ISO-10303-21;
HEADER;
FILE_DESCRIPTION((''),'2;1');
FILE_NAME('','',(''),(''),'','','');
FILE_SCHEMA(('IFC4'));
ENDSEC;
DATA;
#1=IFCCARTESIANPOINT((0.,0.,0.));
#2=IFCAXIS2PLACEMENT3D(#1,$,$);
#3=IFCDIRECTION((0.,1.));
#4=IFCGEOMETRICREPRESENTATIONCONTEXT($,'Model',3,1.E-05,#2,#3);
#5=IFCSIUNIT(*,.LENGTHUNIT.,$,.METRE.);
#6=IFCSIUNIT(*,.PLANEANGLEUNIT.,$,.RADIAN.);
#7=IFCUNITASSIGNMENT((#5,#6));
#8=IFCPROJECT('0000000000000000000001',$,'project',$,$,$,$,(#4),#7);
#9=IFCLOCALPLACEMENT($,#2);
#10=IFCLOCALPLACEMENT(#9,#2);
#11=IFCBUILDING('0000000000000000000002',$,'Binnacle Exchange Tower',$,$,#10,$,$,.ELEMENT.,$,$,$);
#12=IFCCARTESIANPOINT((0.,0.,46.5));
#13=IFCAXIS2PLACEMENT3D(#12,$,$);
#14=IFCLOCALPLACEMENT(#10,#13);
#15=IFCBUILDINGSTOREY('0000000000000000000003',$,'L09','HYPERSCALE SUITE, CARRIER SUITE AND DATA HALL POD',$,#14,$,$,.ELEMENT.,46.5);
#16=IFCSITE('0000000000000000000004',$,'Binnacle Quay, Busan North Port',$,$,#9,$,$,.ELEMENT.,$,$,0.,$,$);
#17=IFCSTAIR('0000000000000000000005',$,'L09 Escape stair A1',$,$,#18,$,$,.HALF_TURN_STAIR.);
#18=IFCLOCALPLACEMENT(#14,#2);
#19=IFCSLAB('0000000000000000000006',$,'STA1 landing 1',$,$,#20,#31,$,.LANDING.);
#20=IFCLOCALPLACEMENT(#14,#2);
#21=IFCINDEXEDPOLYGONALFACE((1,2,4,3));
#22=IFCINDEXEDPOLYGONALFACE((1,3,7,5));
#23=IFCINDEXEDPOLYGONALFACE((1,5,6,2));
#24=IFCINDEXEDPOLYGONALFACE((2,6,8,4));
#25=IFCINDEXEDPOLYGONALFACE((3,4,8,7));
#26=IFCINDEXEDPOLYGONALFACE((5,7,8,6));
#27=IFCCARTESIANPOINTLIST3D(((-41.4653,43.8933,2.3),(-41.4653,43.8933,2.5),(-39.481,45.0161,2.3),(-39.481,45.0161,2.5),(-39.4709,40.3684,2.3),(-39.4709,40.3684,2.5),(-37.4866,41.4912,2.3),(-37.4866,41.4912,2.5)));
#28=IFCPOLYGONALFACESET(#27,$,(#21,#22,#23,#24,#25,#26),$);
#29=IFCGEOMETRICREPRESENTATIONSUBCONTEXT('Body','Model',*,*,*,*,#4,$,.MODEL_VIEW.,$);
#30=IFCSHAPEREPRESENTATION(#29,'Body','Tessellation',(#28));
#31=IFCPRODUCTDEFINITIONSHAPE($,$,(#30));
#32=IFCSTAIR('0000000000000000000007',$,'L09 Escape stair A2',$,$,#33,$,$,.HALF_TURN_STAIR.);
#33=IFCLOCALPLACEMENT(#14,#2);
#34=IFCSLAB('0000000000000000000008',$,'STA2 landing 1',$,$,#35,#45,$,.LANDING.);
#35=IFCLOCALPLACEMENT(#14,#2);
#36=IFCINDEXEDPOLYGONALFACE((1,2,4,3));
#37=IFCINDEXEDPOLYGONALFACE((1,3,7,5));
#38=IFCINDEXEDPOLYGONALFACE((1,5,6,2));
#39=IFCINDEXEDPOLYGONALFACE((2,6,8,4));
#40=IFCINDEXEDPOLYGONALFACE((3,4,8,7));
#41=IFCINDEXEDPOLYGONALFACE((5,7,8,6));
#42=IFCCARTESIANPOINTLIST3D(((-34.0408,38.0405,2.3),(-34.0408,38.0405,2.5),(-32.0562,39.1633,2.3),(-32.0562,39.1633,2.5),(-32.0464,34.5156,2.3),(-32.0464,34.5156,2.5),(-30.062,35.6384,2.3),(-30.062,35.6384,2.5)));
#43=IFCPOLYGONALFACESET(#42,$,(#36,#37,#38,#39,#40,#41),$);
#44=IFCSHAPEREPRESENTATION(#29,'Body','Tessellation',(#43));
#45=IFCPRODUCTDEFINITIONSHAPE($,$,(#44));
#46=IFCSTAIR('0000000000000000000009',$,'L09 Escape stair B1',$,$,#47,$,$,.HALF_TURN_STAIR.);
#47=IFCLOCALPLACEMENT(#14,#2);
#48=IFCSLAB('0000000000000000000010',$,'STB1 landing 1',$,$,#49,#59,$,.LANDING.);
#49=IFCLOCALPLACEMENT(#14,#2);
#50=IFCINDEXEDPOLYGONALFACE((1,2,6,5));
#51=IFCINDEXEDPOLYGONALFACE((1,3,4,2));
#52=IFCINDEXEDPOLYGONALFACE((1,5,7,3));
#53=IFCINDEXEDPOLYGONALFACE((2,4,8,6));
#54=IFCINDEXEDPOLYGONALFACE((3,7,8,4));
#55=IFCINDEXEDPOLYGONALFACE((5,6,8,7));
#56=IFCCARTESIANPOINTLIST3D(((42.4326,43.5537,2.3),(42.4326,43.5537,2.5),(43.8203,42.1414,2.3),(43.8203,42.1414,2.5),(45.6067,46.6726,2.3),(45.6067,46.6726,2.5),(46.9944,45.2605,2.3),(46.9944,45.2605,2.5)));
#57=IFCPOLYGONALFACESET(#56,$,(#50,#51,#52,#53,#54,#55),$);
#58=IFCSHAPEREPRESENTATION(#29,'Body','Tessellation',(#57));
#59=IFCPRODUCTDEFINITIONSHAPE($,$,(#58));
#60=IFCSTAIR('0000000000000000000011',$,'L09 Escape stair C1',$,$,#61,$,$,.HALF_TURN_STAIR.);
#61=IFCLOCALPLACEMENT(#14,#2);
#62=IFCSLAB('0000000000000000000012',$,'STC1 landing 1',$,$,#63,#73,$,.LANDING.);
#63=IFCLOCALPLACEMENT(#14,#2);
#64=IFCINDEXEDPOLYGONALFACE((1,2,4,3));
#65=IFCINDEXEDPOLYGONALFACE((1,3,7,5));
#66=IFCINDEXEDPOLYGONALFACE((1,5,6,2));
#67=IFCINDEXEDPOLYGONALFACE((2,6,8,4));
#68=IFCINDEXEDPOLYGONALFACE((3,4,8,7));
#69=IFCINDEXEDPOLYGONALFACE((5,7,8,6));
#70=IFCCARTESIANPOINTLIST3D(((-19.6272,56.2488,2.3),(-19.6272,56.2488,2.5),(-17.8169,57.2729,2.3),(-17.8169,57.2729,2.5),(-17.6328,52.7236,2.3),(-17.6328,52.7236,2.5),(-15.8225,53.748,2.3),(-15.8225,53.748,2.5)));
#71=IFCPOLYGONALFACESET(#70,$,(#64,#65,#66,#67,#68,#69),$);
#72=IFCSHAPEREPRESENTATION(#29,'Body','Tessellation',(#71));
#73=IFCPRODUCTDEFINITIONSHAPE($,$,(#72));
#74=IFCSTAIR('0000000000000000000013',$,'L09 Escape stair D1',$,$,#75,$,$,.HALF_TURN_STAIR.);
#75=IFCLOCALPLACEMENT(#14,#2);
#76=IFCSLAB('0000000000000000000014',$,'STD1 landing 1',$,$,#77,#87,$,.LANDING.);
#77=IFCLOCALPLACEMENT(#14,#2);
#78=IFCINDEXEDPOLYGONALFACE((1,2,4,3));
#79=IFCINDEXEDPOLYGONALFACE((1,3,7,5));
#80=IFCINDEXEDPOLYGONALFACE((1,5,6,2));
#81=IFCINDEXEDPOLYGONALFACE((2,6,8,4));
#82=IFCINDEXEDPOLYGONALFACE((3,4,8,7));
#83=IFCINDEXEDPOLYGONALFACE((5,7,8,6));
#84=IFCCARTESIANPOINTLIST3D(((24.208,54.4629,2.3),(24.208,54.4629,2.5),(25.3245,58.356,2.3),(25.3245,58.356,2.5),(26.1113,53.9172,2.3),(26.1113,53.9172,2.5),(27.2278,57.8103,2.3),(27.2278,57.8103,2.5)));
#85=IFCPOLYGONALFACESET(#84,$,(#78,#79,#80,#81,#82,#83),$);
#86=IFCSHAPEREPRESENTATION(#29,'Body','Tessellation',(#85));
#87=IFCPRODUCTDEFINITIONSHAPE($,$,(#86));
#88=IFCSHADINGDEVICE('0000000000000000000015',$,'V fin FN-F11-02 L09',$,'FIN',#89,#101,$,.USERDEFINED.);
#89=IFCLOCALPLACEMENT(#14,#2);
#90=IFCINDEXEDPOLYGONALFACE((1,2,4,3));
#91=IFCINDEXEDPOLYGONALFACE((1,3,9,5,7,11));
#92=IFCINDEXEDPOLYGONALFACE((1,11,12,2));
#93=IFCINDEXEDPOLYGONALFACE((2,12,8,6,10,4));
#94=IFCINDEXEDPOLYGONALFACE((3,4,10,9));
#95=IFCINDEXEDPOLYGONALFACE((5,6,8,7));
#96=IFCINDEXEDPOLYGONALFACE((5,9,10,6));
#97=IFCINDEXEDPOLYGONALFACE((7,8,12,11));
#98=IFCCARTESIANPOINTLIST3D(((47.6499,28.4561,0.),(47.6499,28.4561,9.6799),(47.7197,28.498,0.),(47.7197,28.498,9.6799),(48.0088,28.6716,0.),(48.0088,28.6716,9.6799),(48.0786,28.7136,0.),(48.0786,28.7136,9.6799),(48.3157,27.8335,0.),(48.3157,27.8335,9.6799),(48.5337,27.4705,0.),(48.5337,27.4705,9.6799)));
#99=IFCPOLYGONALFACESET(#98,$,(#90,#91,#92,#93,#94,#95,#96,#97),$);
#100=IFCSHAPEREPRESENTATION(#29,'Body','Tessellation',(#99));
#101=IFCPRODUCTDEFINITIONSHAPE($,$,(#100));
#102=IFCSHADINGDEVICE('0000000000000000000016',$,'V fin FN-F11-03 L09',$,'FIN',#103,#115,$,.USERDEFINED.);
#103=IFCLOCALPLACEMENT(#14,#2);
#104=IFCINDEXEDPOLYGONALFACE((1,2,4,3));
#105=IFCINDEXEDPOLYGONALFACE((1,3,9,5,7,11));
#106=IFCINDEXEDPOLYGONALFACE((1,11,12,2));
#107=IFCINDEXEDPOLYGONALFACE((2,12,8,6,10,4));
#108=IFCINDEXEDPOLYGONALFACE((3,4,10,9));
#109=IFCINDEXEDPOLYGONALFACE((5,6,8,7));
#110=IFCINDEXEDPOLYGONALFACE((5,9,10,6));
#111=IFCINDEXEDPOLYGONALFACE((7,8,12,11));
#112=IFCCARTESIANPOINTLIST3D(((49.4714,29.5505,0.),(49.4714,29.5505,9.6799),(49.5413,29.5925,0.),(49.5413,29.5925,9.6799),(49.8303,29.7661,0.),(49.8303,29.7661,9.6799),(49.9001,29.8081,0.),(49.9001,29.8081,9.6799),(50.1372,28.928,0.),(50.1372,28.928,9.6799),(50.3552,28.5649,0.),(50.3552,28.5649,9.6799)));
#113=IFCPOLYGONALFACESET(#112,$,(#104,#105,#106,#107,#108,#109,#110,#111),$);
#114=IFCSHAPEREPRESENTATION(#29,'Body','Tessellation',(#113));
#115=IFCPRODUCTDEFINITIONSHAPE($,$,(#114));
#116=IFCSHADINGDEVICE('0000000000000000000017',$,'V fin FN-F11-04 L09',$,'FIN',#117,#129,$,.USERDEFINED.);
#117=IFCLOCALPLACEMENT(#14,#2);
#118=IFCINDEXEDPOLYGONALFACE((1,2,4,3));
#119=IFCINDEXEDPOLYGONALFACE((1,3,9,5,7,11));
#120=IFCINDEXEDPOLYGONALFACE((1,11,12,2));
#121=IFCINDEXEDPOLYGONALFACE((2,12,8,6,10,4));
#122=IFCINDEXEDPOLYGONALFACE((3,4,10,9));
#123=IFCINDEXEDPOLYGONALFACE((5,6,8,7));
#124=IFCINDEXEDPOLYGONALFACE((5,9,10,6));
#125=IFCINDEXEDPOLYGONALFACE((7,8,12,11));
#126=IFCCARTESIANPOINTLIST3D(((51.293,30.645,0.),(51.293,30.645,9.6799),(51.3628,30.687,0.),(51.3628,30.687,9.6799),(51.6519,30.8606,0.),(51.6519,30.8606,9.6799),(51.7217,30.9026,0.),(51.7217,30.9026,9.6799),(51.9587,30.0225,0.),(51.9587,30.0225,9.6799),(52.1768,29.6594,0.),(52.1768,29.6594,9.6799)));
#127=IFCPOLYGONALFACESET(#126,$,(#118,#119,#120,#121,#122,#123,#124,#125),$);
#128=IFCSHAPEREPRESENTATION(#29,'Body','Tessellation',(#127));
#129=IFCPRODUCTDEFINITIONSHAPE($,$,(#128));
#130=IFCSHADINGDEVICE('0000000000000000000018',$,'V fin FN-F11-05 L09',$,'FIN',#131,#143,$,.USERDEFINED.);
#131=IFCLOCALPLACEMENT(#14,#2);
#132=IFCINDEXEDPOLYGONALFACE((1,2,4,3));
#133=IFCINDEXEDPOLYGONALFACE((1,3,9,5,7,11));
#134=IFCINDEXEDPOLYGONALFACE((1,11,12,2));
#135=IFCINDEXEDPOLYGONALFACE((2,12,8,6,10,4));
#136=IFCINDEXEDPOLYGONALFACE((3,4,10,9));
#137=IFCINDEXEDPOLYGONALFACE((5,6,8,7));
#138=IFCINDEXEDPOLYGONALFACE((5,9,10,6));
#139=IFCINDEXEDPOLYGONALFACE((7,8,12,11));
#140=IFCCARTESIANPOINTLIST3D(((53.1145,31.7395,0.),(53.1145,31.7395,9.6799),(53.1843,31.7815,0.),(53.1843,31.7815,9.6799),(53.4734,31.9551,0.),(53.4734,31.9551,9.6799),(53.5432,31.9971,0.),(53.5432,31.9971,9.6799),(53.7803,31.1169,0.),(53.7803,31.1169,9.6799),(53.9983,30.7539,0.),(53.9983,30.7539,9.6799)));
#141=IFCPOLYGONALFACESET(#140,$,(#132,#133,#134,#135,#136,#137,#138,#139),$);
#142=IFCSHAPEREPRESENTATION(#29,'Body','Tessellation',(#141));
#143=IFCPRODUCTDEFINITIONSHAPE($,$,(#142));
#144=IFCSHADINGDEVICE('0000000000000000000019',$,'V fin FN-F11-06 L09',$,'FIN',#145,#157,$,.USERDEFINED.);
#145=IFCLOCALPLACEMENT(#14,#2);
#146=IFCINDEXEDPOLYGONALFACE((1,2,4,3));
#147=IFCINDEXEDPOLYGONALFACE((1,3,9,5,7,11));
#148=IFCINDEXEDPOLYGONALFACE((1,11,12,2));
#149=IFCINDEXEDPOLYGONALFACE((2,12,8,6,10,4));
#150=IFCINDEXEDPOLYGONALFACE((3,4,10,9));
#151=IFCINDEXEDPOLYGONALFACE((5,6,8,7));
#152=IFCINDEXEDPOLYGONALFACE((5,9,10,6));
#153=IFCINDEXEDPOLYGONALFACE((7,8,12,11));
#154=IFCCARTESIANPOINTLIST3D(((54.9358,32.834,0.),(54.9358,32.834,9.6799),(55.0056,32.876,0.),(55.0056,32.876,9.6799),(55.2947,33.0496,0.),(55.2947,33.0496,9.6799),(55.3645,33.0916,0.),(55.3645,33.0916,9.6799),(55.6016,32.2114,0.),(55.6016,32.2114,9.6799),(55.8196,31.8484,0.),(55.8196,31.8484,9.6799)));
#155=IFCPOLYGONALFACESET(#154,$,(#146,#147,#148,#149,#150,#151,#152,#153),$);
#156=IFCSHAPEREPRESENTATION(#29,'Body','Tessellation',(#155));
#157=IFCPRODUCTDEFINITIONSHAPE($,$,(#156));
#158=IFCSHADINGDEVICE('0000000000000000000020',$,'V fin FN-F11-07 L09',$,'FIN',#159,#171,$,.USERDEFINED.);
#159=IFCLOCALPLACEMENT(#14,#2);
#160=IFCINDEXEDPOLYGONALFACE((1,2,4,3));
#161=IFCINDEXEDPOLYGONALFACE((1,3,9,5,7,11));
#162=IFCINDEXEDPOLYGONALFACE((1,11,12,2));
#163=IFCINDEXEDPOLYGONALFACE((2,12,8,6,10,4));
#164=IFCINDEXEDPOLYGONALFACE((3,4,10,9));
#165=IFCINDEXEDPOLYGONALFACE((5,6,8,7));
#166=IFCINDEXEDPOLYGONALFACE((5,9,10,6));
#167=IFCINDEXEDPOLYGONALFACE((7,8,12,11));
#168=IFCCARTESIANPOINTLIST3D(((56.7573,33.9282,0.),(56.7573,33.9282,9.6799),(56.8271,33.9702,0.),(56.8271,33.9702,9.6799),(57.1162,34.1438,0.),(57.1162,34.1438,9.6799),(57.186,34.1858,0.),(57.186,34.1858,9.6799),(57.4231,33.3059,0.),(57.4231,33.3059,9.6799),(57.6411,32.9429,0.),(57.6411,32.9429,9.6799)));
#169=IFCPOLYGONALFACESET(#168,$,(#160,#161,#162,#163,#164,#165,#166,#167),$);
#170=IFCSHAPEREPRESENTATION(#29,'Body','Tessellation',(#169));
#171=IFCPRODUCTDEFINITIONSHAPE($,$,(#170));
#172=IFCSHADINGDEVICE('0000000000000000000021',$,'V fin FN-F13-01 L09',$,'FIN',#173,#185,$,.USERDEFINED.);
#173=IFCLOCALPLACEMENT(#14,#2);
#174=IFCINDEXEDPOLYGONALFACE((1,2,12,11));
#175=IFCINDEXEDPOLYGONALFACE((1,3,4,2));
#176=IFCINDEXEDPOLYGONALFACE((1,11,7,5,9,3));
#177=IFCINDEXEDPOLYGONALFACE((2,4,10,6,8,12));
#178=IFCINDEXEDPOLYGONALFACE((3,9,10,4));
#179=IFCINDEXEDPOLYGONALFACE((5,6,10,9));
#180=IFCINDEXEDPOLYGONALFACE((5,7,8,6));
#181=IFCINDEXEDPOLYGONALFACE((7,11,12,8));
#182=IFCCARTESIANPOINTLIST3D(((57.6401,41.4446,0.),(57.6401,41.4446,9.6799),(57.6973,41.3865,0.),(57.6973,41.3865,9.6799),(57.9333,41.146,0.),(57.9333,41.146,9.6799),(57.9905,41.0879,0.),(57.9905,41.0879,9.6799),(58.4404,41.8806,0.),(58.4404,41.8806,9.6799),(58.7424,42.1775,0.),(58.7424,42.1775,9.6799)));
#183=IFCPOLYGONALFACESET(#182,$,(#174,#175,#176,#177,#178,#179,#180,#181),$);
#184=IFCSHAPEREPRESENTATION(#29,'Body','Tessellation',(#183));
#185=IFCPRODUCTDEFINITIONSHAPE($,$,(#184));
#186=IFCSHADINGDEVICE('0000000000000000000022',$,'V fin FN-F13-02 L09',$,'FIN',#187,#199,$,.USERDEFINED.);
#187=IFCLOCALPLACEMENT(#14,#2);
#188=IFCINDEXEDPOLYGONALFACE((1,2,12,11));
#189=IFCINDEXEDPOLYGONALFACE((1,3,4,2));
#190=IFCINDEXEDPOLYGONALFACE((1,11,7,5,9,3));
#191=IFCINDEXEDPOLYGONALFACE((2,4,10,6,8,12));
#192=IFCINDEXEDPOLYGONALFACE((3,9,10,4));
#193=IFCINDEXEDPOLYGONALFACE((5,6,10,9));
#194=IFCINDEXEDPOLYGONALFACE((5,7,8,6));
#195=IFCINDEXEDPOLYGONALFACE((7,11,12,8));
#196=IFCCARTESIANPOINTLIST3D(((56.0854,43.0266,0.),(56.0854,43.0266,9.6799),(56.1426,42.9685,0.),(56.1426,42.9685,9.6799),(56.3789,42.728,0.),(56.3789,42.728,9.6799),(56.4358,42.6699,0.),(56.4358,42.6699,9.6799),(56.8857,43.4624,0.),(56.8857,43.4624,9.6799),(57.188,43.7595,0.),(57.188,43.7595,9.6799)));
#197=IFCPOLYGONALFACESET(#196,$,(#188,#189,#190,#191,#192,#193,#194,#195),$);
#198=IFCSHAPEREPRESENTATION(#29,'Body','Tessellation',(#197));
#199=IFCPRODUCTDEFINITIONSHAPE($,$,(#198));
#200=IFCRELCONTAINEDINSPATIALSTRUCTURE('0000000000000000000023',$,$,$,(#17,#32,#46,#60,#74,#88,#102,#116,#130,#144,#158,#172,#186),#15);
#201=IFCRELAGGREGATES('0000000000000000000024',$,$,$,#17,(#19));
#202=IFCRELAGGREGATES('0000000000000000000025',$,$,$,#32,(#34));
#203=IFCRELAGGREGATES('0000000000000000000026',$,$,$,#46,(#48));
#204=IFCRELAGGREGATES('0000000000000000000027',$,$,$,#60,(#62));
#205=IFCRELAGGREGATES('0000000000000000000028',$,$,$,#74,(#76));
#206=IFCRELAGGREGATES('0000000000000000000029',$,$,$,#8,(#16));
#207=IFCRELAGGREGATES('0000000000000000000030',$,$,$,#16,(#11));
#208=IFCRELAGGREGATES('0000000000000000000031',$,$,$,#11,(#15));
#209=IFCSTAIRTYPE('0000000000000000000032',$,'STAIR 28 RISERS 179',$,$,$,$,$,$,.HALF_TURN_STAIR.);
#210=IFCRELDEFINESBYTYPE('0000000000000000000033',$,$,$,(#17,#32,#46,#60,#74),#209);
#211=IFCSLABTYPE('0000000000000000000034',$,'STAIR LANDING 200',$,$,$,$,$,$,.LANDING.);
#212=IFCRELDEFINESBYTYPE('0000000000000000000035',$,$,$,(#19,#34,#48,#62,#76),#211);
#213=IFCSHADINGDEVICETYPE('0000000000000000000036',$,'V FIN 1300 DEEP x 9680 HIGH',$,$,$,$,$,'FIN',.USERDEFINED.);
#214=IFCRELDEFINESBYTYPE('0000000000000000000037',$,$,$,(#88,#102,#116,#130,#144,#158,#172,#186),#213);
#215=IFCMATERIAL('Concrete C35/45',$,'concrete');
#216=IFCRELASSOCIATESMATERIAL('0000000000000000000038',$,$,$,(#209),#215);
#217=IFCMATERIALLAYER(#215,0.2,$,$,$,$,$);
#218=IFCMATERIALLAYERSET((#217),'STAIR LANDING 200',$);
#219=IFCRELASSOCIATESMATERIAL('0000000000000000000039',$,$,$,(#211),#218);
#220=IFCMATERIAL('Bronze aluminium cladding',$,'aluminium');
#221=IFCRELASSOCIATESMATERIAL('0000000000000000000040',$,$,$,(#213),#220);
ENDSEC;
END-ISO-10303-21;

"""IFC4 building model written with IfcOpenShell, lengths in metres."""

from ifc_helpers import new_model, si_unit, direction, frame, origin, place, context, subcontext, project, spatial, polyline, outline, extrude, material, layer, layer_set, type_object, element, aggregate, save


model = new_model("IFC4")

# Units and contexts
model_context = context("Model", 3, precision=1e-05, world=origin(), true_north=direction((0.0, 1.0)))
body_context = subcontext(model_context, "Body", "Model", "MODEL_VIEW")
ifc_project = project(units=[si_unit("LENGTHUNIT", "METRE"), si_unit("PLANEANGLEUNIT", "RADIAN")], contexts=[model_context])

# Site, building, storey
site_placement = place(None, origin())
site = spatial("IfcSite", under=ifc_project, at=site_placement, Name="Binnacle Quay, Busan North Port", CompositionType="ELEMENT", RefElevation=0.0)
building_placement = place(site_placement, origin())
building = spatial("IfcBuilding", under=site, at=building_placement, Name="Binnacle Exchange Tower", CompositionType="ELEMENT")
storey_placement = place(building_placement, frame((0.0, 0.0, 46.5)))
storey = spatial("IfcBuildingStorey", under=building, at=storey_placement, Name="L09", Description="HYPERSCALE SUITE, CARRIER SUITE AND DATA HALL POD", CompositionType="ELEMENT", Elevation=46.5)

# Stairs, slabs
ifc_material_1 = material(Name="Concrete C35/45", Category="concrete")
stair_type = type_object("IfcStairType", Name="STAIR 28 RISERS 179", PredefinedType="HALF_TURN_STAIR", material=ifc_material_1)
stair_1_placement = place(storey_placement, origin())
stair_1 = element("IfcStair", 1, at=stair_1_placement, inside=storey, type_object=stair_type, Name="L09 Escape stair A1", PredefinedType="HALF_TURN_STAIR")
ifc_layer = layer(ifc_material_1, 0.2)
ifc_layer_set = layer_set([ifc_layer], Name="STAIR LANDING 200")
slab_type = type_object("IfcSlabType", Name="STAIR LANDING 200", PredefinedType="LANDING", material=ifc_layer_set)
slab_1_placement = place(storey_placement, frame((0.0, 0.0, 2.3)))
slab_1 = element("IfcSlab", 2, at=slab_1_placement, type_object=slab_type, Name="STA1 landing 1", PredefinedType="LANDING", context=body_context, shape_type="SweptSolid", body=[
    extrude(outline(polyline([(-39.4709, 40.3684), (-37.4866, 41.4912), (-39.481, 45.0161), (-41.4653, 43.8933), (-39.4709, 40.3684)])), origin(), (0.0, 0.0, 1.0), 0.2),
])
aggregate(stair_1, [slab_1])
stair_2_placement = place(storey_placement, origin())
stair_2 = element("IfcStair", 3, at=stair_2_placement, inside=storey, type_object=stair_type, Name="L09 Escape stair A2", PredefinedType="HALF_TURN_STAIR")
slab_2_placement = place(storey_placement, frame((0.0, 0.0, 2.3)))
slab_2 = element("IfcSlab", 4, at=slab_2_placement, type_object=slab_type, Name="STA2 landing 1", PredefinedType="LANDING", context=body_context, shape_type="SweptSolid", body=[
    extrude(outline(polyline([(-32.0562, 39.1633), (-34.0408, 38.0405), (-32.0464, 34.5156), (-30.062, 35.6384), (-32.0562, 39.1633)])), origin(), (0.0, 0.0, 1.0), 0.2),
])
aggregate(stair_2, [slab_2])
stair_3_placement = place(storey_placement, origin())
stair_3 = element("IfcStair", 5, at=stair_3_placement, inside=storey, type_object=stair_type, Name="L09 Escape stair B1", PredefinedType="HALF_TURN_STAIR")
slab_3_placement = place(storey_placement, frame((0.0, 0.0, 2.3)))
slab_3 = element("IfcSlab", 6, at=slab_3_placement, type_object=slab_type, Name="STB1 landing 1", PredefinedType="LANDING", context=body_context, shape_type="SweptSolid", body=[
    extrude(outline(polyline([(42.4326, 43.5537), (43.8203, 42.1414), (46.9944, 45.2605), (45.6067, 46.6726), (42.4326, 43.5537)])), origin(), (0.0, 0.0, 1.0), 0.2),
])
aggregate(stair_3, [slab_3])
stair_4_placement = place(storey_placement, origin())
stair_4 = element("IfcStair", 7, at=stair_4_placement, inside=storey, type_object=stair_type, Name="L09 Escape stair C1", PredefinedType="HALF_TURN_STAIR")
slab_4_placement = place(storey_placement, frame((0.0, 0.0, 2.3)))
slab_4 = element("IfcSlab", 8, at=slab_4_placement, type_object=slab_type, Name="STC1 landing 1", PredefinedType="LANDING", context=body_context, shape_type="SweptSolid", body=[
    extrude(outline(polyline([(-17.6328, 52.7236), (-15.8225, 53.748), (-17.8169, 57.2729), (-19.6272, 56.2488), (-17.6328, 52.7236)])), origin(), (0.0, 0.0, 1.0), 0.2),
])
aggregate(stair_4, [slab_4])
stair_5_placement = place(storey_placement, origin())
stair_5 = element("IfcStair", 9, at=stair_5_placement, inside=storey, type_object=stair_type, Name="L09 Escape stair D1", PredefinedType="HALF_TURN_STAIR")
slab_5_placement = place(storey_placement, frame((0.0, 0.0, 2.3)))
slab_5 = element("IfcSlab", 10, at=slab_5_placement, type_object=slab_type, Name="STD1 landing 1", PredefinedType="LANDING", context=body_context, shape_type="SweptSolid", body=[
    extrude(outline(polyline([(24.208, 54.4629), (26.1113, 53.9172), (27.2278, 57.8103), (25.3245, 58.356), (24.208, 54.4629)])), origin(), (0.0, 0.0, 1.0), 0.2),
])
aggregate(stair_5, [slab_5])

# Shading devices
ifc_material_2 = material(Name="Bronze aluminium cladding", Category="aluminium")
shading_device_type = type_object("IfcShadingDeviceType", Name="V FIN 1300 DEEP x 9680 HIGH", ElementType="FIN", PredefinedType="USERDEFINED", material=ifc_material_2)
shading_device_1_placement = place(storey_placement, origin())
element("IfcShadingDevice", 11, at=shading_device_1_placement, inside=storey, type_object=shading_device_type, Name="V fin FN-F11-02 L09", ObjectType="FIN", PredefinedType="USERDEFINED", context=body_context, shape_type="SweptSolid", body=[
    extrude(outline(polyline([(47.6499, 28.4561), (48.5337, 27.4705), (48.0786, 28.7136), (48.0088, 28.6716), (48.3157, 27.8335), (47.7197, 28.498), (47.6499, 28.4561)])), origin(), (0.0, 0.0, 1.0), 9.6799),
])
shading_device_2_placement = place(storey_placement, origin())
element("IfcShadingDevice", 12, at=shading_device_2_placement, inside=storey, type_object=shading_device_type, Name="V fin FN-F11-03 L09", ObjectType="FIN", PredefinedType="USERDEFINED", context=body_context, shape_type="SweptSolid", body=[
    extrude(outline(polyline([(49.4714, 29.5505), (50.3552, 28.5649), (49.9001, 29.8081), (49.8303, 29.7661), (50.1372, 28.928), (49.5413, 29.5925), (49.4714, 29.5505)])), origin(), (0.0, 0.0, 1.0), 9.6799),
])
shading_device_3_placement = place(storey_placement, origin())
element("IfcShadingDevice", 13, at=shading_device_3_placement, inside=storey, type_object=shading_device_type, Name="V fin FN-F11-04 L09", ObjectType="FIN", PredefinedType="USERDEFINED", context=body_context, shape_type="SweptSolid", body=[
    extrude(outline(polyline([(51.293, 30.645), (52.1768, 29.6594), (51.7217, 30.9026), (51.6519, 30.8606), (51.9587, 30.0225), (51.3628, 30.687), (51.293, 30.645)])), origin(), (0.0, 0.0, 1.0), 9.6799),
])
shading_device_4_placement = place(storey_placement, origin())
element("IfcShadingDevice", 14, at=shading_device_4_placement, inside=storey, type_object=shading_device_type, Name="V fin FN-F11-05 L09", ObjectType="FIN", PredefinedType="USERDEFINED", context=body_context, shape_type="SweptSolid", body=[
    extrude(outline(polyline([(53.1145, 31.7395), (53.9983, 30.7539), (53.5432, 31.9971), (53.4734, 31.9551), (53.7803, 31.1169), (53.1843, 31.7815), (53.1145, 31.7395)])), origin(), (0.0, 0.0, 1.0), 9.6799),
])
shading_device_5_placement = place(storey_placement, origin())
element("IfcShadingDevice", 15, at=shading_device_5_placement, inside=storey, type_object=shading_device_type, Name="V fin FN-F11-06 L09", ObjectType="FIN", PredefinedType="USERDEFINED", context=body_context, shape_type="SweptSolid", body=[
    extrude(outline(polyline([(54.9358, 32.834), (55.8196, 31.8484), (55.3645, 33.0916), (55.2947, 33.0496), (55.6016, 32.2114), (55.0056, 32.876), (54.9358, 32.834)])), origin(), (0.0, 0.0, 1.0), 9.6799),
])
shading_device_6_placement = place(storey_placement, origin())
element("IfcShadingDevice", 16, at=shading_device_6_placement, inside=storey, type_object=shading_device_type, Name="V fin FN-F11-07 L09", ObjectType="FIN", PredefinedType="USERDEFINED", context=body_context, shape_type="SweptSolid", body=[
    extrude(outline(polyline([(56.7573, 33.9282), (57.6411, 32.9429), (57.186, 34.1858), (57.1162, 34.1438), (57.4231, 33.3059), (56.8271, 33.9702), (56.7573, 33.9282)])), origin(), (0.0, 0.0, 1.0), 9.6799),
])
shading_device_7_placement = place(storey_placement, origin())
element("IfcShadingDevice", 17, at=shading_device_7_placement, inside=storey, type_object=shading_device_type, Name="V fin FN-F13-01 L09", ObjectType="FIN", PredefinedType="USERDEFINED", context=body_context, shape_type="SweptSolid", body=[
    extrude(outline(polyline([(57.9905, 41.0879), (58.7424, 42.1775), (57.6401, 41.4446), (57.6973, 41.3865), (58.4404, 41.8806), (57.9333, 41.146), (57.9905, 41.0879)])), origin(), (0.0, 0.0, 1.0), 9.6799),
])
shading_device_8_placement = place(storey_placement, origin())
element("IfcShadingDevice", 18, at=shading_device_8_placement, inside=storey, type_object=shading_device_type, Name="V fin FN-F13-02 L09", ObjectType="FIN", PredefinedType="USERDEFINED", context=body_context, shape_type="SweptSolid", body=[
    extrude(outline(polyline([(56.4358, 42.6699), (57.188, 43.7595), (56.0854, 43.0266), (56.1426, 42.9685), (56.8857, 43.4624), (56.3789, 42.728), (56.4358, 42.6699)])), origin(), (0.0, 0.0, 1.0), 9.6799),
])

save(model, "model.ifc")
